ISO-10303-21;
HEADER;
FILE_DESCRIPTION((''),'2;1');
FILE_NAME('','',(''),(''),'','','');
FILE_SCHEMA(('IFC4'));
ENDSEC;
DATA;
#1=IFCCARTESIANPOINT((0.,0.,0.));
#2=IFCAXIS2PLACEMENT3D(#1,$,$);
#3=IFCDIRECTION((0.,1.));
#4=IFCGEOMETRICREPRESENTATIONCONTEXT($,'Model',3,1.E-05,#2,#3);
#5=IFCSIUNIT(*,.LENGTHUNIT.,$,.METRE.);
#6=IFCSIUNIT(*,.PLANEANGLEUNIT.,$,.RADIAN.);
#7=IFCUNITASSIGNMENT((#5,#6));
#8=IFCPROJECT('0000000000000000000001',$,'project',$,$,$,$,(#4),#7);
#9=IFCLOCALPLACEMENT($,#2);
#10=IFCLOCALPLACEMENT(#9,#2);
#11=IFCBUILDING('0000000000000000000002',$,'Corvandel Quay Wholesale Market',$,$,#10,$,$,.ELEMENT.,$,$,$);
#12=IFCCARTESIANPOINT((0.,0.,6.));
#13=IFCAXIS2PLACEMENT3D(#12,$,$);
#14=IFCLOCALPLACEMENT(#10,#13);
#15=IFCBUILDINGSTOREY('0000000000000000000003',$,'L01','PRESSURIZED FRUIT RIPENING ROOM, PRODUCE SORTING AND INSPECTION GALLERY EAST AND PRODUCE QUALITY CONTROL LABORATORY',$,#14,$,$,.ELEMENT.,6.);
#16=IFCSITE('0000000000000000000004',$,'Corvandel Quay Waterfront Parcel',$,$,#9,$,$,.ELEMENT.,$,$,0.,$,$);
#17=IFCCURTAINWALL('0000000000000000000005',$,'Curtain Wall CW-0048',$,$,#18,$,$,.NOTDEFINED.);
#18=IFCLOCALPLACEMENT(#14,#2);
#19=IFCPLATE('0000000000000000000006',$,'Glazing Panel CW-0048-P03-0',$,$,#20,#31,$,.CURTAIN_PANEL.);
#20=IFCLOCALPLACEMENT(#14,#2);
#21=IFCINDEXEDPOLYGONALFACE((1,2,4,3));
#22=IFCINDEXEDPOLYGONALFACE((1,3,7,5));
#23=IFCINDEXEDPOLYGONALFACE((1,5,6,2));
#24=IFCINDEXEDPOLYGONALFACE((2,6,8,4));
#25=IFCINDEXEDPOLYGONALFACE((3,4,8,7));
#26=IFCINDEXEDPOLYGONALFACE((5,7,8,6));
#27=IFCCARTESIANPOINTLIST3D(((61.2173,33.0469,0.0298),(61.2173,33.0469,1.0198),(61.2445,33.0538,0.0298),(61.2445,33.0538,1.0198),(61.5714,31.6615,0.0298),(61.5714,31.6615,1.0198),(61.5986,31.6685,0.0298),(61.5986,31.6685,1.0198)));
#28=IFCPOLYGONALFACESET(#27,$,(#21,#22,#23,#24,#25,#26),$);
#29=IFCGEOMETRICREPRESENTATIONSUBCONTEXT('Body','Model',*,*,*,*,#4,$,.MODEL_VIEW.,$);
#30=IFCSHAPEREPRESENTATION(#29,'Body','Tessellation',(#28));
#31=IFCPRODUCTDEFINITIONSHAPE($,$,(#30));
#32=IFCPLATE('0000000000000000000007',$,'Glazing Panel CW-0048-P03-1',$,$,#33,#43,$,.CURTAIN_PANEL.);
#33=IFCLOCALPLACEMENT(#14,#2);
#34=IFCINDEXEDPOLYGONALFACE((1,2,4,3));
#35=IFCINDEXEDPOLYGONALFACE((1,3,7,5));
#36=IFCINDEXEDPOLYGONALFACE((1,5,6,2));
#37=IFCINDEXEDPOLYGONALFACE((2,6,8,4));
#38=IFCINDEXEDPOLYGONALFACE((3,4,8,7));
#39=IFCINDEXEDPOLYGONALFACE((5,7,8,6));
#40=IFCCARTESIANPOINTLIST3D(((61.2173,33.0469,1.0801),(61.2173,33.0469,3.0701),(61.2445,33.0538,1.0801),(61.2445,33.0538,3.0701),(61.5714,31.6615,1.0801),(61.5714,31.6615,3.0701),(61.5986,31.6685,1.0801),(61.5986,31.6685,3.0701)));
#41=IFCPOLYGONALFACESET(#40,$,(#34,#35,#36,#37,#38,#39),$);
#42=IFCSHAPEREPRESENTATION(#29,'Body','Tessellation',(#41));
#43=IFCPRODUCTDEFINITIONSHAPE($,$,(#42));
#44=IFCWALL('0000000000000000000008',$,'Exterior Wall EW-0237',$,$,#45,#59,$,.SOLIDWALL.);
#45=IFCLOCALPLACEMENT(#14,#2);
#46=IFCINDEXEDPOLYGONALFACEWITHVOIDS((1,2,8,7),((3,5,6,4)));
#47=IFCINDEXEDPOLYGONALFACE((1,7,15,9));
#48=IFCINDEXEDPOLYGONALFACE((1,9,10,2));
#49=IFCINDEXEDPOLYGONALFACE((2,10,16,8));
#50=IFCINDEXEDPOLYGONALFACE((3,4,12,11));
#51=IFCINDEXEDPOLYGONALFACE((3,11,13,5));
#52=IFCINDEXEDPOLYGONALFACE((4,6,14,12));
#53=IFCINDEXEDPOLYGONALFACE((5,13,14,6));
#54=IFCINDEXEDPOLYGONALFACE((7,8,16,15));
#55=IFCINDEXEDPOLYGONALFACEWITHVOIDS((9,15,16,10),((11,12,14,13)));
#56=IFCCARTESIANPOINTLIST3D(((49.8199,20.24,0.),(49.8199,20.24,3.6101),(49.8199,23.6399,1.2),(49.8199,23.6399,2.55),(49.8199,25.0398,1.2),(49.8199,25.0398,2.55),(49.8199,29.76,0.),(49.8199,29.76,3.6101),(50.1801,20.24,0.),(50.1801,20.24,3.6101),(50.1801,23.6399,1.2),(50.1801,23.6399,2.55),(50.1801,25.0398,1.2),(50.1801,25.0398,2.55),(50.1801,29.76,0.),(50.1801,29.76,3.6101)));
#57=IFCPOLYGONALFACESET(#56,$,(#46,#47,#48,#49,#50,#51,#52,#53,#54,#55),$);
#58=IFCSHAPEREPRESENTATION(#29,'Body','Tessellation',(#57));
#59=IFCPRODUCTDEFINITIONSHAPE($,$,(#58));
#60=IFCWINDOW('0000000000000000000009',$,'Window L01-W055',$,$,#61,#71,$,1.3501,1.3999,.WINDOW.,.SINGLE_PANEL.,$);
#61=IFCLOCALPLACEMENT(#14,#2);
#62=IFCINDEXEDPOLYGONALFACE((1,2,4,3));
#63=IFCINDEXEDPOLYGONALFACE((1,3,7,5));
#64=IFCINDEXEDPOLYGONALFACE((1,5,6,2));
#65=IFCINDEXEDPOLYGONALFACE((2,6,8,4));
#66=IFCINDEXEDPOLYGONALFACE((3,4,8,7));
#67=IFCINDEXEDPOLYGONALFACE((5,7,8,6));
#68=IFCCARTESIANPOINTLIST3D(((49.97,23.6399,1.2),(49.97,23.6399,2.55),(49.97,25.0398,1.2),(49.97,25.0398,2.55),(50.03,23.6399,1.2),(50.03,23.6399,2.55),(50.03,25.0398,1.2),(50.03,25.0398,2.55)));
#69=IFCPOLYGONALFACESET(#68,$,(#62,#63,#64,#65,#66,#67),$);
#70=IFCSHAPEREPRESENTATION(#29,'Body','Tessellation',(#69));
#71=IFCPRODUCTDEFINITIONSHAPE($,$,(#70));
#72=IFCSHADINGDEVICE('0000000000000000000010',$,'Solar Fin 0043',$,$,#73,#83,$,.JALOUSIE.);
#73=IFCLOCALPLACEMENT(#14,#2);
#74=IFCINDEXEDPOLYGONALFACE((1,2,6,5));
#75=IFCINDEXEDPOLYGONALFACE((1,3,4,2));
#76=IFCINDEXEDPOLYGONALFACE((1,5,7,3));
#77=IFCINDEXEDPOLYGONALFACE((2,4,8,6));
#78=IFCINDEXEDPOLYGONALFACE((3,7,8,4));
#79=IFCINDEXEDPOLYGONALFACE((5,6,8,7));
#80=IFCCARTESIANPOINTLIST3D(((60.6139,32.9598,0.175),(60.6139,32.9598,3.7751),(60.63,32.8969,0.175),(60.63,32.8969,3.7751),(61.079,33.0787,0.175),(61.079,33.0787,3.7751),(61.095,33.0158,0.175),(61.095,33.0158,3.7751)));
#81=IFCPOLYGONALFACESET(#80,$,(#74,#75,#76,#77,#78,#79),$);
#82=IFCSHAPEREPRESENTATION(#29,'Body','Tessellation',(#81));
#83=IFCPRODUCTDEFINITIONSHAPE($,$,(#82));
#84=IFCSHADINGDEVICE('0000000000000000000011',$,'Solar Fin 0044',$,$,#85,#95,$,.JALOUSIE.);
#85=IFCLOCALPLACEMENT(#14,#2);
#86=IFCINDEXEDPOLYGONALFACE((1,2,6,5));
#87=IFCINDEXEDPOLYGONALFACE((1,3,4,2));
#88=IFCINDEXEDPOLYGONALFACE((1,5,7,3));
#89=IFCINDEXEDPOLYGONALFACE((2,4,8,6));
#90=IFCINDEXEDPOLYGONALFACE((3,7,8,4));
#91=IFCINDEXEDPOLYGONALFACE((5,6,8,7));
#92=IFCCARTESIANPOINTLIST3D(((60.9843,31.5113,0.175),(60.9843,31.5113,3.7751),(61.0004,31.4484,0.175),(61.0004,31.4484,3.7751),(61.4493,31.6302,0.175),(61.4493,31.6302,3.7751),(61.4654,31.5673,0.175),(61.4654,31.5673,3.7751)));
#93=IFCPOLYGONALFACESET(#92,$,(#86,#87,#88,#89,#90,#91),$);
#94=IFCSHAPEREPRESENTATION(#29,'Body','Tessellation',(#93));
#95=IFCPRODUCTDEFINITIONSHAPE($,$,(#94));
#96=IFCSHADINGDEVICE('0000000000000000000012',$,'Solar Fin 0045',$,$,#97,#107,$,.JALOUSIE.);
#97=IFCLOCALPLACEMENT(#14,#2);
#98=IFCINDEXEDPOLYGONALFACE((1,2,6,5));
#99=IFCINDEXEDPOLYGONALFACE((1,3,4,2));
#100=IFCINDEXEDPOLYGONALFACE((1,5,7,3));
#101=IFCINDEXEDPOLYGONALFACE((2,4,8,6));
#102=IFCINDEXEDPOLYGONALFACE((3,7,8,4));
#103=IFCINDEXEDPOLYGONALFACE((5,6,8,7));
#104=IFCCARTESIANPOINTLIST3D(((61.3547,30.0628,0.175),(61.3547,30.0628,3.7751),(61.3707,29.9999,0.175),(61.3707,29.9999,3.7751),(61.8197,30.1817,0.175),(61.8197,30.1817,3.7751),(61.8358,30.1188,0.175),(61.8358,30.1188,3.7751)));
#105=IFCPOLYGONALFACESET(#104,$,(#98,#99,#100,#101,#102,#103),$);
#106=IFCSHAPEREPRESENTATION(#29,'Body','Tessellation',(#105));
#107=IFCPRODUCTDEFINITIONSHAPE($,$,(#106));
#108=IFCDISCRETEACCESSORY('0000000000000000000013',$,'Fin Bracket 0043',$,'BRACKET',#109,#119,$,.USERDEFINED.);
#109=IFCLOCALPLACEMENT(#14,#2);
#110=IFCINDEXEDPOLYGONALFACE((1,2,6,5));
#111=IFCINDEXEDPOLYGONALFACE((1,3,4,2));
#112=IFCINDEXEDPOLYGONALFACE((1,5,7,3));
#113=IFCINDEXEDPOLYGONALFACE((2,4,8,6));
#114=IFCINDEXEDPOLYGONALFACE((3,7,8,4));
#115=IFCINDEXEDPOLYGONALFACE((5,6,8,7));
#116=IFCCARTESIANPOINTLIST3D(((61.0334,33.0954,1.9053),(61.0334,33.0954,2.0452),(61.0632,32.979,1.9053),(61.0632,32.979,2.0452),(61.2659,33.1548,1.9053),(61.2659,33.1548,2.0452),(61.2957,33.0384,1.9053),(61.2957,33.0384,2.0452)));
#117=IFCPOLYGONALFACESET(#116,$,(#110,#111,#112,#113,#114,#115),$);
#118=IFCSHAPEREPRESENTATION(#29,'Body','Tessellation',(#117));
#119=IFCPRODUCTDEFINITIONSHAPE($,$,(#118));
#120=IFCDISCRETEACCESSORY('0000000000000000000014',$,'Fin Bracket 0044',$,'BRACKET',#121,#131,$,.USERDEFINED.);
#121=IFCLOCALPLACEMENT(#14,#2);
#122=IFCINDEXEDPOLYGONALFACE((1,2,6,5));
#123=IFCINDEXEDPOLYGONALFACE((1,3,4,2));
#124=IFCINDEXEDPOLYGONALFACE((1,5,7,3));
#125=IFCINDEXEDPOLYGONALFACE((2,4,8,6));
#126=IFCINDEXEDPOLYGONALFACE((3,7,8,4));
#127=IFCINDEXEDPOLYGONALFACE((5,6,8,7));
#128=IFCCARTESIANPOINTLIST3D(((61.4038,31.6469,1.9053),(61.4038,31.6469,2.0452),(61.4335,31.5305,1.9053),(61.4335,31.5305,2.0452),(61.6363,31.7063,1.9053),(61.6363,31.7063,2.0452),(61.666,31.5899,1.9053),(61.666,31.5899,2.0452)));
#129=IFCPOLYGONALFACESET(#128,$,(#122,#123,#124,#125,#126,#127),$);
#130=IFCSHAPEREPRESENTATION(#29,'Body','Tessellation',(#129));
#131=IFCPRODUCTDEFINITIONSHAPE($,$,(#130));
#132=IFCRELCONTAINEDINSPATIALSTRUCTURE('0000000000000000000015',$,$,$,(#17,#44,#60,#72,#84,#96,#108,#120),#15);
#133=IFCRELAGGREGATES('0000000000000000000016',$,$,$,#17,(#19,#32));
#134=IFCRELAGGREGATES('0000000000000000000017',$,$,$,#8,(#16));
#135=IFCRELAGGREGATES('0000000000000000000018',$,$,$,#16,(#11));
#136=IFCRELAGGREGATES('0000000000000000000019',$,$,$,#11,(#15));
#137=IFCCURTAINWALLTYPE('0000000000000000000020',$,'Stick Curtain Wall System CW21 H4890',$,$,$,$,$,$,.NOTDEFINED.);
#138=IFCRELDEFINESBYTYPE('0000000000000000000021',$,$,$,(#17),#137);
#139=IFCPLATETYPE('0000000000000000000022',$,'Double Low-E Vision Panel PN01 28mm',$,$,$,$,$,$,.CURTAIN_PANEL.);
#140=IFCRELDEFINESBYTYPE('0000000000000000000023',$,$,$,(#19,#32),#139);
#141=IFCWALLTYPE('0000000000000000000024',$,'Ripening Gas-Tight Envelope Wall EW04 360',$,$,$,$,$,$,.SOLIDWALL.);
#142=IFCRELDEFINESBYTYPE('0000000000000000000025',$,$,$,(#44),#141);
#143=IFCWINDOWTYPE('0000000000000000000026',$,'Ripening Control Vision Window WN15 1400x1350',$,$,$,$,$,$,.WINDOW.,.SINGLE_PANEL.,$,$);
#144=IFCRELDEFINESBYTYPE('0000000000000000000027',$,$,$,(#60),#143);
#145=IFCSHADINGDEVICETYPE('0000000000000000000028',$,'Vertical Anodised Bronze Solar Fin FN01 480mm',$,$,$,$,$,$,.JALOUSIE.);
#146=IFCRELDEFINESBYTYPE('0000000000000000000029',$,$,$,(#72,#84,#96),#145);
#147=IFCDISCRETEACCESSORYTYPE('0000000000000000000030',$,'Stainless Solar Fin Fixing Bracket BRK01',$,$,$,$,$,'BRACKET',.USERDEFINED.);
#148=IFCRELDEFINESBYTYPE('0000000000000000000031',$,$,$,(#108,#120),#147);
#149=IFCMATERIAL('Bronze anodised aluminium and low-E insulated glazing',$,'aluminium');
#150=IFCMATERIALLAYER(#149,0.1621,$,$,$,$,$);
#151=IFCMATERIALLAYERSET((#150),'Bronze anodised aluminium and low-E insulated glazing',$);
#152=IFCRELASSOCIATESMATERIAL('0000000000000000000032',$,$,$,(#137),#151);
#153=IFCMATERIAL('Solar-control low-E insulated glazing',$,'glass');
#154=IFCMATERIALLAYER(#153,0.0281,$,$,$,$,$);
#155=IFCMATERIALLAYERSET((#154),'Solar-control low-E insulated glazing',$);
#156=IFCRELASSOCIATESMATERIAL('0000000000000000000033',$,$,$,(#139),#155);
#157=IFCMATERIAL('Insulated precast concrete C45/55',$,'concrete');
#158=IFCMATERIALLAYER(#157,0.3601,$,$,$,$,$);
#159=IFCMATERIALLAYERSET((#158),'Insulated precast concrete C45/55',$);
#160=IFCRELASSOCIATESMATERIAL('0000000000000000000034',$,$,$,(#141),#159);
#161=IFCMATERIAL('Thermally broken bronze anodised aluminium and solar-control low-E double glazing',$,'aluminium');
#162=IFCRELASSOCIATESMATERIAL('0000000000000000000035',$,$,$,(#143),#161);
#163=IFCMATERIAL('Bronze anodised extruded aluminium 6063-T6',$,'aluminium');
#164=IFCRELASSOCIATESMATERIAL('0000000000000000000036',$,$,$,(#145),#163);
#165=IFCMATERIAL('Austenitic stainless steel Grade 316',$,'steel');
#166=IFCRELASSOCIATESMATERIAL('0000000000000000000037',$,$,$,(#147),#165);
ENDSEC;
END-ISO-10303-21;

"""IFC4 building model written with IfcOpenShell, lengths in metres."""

from ifc_helpers import new_model, si_unit, direction, frame, frame_2d, origin, origin_2d, place, context, subcontext, project, spatial, rectangle, extrude, material, layer, layer_set, type_object, element, fill, aggregate, save


model = new_model("IFC4")

# Units and contexts
model_context = context("Model", 3, precision=1e-05, world=origin(), true_north=direction((0.0, 1.0)))
body_context = subcontext(model_context, "Body", "Model", "MODEL_VIEW")
ifc_project = project(units=[si_unit("LENGTHUNIT", "METRE"), si_unit("PLANEANGLEUNIT", "RADIAN")], contexts=[model_context])

# Site, building, storey
site_placement = place(None, origin())
site = spatial("IfcSite", under=ifc_project, at=site_placement, Name="Corvandel Quay Waterfront Parcel", CompositionType="ELEMENT", RefElevation=0.0)
building_placement = place(site_placement, origin())
building = spatial("IfcBuilding", under=site, at=building_placement, Name="Corvandel Quay Wholesale Market", CompositionType="ELEMENT")
storey_placement = place(building_placement, frame((0.0, 0.0, 6.0)))
storey = spatial("IfcBuildingStorey", under=building, at=storey_placement, Name="L01", Description="PRESSURIZED FRUIT RIPENING ROOM, PRODUCE SORTING AND INSPECTION GALLERY EAST AND PRODUCE QUALITY CONTROL LABORATORY", CompositionType="ELEMENT", Elevation=6.0)

# Curtain wall
ifc_material_1 = material(Name="Bronze anodised aluminium and low-E insulated glazing", Category="aluminium")
ifc_layer_1 = layer(ifc_material_1, 0.1621)
ifc_layer_set_1 = layer_set([ifc_layer_1], Name="Bronze anodised aluminium and low-E insulated glazing")
curtain_wall_type = type_object("IfcCurtainWallType", Name="Stick Curtain Wall System CW21 H4890", PredefinedType="NOTDEFINED", material=ifc_layer_set_1)
curtain_wall_placement = place(storey_placement, origin())
curtain_wall = element("IfcCurtainWall", 1, at=curtain_wall_placement, inside=storey, type_object=curtain_wall_type, Name="Curtain Wall CW-0048", PredefinedType="NOTDEFINED")

# Plates
ifc_material_2 = material(Name="Solar-control low-E insulated glazing", Category="glass")
ifc_layer_2 = layer(ifc_material_2, 0.0281)
ifc_layer_set_2 = layer_set([ifc_layer_2], Name="Solar-control low-E insulated glazing")
plate_type_1 = type_object("IfcPlateType", Name="Double Low-E Vision Panel PN01 28mm", PredefinedType="CURTAIN_PANEL", material=ifc_layer_set_2)
plate_1_placement = place(storey_placement, frame((61.408, 32.3577, 0.0298), z_axis=(0.0, 0.0, 1.0), x_axis=(-0.247675, 0.968843, 0.0)))
plate_1 = element("IfcPlate", 2, at=plate_1_placement, type_object=plate_type_1, Name="Glazing Panel CW-0048-P03-0", PredefinedType="CURTAIN_PANEL", context=body_context, shape_type="SweptSolid", body=[
    extrude(rectangle(XDim=1.4299, YDim=0.0281, at=origin_2d()), origin(), (0.0, 0.0, 1.0), 0.99),
])
plate_2_placement = place(storey_placement, frame((61.408, 32.3577, 1.0801), z_axis=(0.0, 0.0, 1.0), x_axis=(-0.247675, 0.968843, 0.0)))
plate_2 = element("IfcPlate", 3, at=plate_2_placement, type_object=plate_type_1, Name="Glazing Panel CW-0048-P03-1", PredefinedType="CURTAIN_PANEL", context=body_context, shape_type="SweptSolid", body=[
    extrude(rectangle(XDim=1.4299, YDim=0.0281, at=origin_2d()), origin(), (0.0, 0.0, 1.0), 1.99),
])
aggregate(curtain_wall, [plate_1, plate_2])

# Wall, opening, window
ifc_material_3 = material(Name="Insulated precast concrete C45/55", Category="concrete")
ifc_layer_3 = layer(ifc_material_3, 0.3601)
ifc_layer_set_3 = layer_set([ifc_layer_3], Name="Insulated precast concrete C45/55")
wall_type = type_object("IfcWallType", Name="Ripening Gas-Tight Envelope Wall EW04 360", PredefinedType="SOLIDWALL", material=ifc_layer_set_3)
wall_placement = place(storey_placement, frame((50.0, 20.24, 0.0), z_axis=(0.0, 0.0, 1.0), x_axis=(0.0, 1.0, 0.0)))
wall = element("IfcWall", 4, at=wall_placement, inside=storey, type_object=wall_type, Name="Exterior Wall EW-0237", PredefinedType="SOLIDWALL", context=body_context, shape_type="SweptSolid", body=[
    extrude(rectangle(XDim=9.52, YDim=0.3601, at=frame_2d((4.76, 0.0))), origin(), (0.0, 0.0, 1.0), 3.6101),
])
opening_placement = place(wall_placement, frame((3.3999, 0.0, 1.2)))
opening = element("IfcOpeningElement", 5, at=opening_placement, cuts=wall, PredefinedType="OPENING", context=body_context, shape_type="SweptSolid", body=[
    extrude(rectangle(XDim=1.3999, YDim=1.3501, at=frame_2d((0.7, 0.675))), frame((0.0, 0.1899, 0.0), z_axis=(0.0, -1.0, 0.0), x_axis=(1.0, 0.0, 0.0)), (0.0, 0.0, 1.0), 0.3801),
])
ifc_material_4 = material(Name="Thermally broken bronze anodised aluminium and solar-control low-E double glazing", Category="aluminium")
window_type = type_object("IfcWindowType", Name="Ripening Control Vision Window WN15 1400x1350", PartitioningType="SINGLE_PANEL", PredefinedType="WINDOW", material=ifc_material_4)
window_placement = place(opening_placement, origin())
window = element("IfcWindow", 6, at=window_placement, inside=storey, type_object=window_type, Name="Window L01-W055", OverallHeight=1.3501, OverallWidth=1.3999, PartitioningType="SINGLE_PANEL", PredefinedType="WINDOW", context=body_context, shape_type="SweptSolid", body=[
    extrude(rectangle(XDim=1.3999, YDim=1.3501, at=frame_2d((0.7, 0.675))), frame((0.0, 0.03, 0.0), z_axis=(0.0, -1.0, 0.0), x_axis=(1.0, 0.0, 0.0)), (0.0, 0.0, 1.0), 0.0601),
])
fill(opening, window)

# Shading devices
ifc_material_5 = material(Name="Bronze anodised extruded aluminium 6063-T6", Category="aluminium")
shading_device_type = type_object("IfcShadingDeviceType", Name="Vertical Anodised Bronze Solar Fin FN01 480mm", PredefinedType="JALOUSIE", material=ifc_material_5)
for number, where, z_axis, x_axis, name in (
    (7, (60.8545, 32.9878, 0.175), (0.0, 0.0, 1.0), (0.968843, 0.247675, 0.0), "Solar Fin 0043"),
    (8, (61.2249, 31.5393, 0.175), (0.0, 0.0, 1.0), (0.968843, 0.247675, 0.0), "Solar Fin 0044"),
    (9, (61.5952, 30.0908, 0.175), (0.0, 0.0, 1.0), (0.968843, 0.247675, 0.0), "Solar Fin 0045"),
):
    element("IfcShadingDevice", number, at=place(storey_placement, frame(where, z_axis=z_axis, x_axis=x_axis)), inside=storey, type_object=shading_device_type, Name=name, PredefinedType="JALOUSIE", context=body_context, shape_type="SweptSolid", body=[
        extrude(rectangle(XDim=0.48, YDim=0.0649, at=origin_2d()), origin(), (0.0, 0.0, 1.0), 3.6001),
    ])

# Discrete accessories
ifc_material_6 = material(Name="Austenitic stainless steel Grade 316", Category="steel")
discrete_accessory_type = type_object("IfcDiscreteAccessoryType", Name="Stainless Solar Fin Fixing Bracket BRK01", ElementType="BRACKET", PredefinedType="USERDEFINED", material=ifc_material_6)
for number, where, z_axis, x_axis, name in (
    (10, (61.1646, 33.0669, 1.9053), (0.0, 0.0, 1.0), (0.968843, 0.247675, 0.0), "Fin Bracket 0043"),
    (11, (61.5349, 31.6184, 1.9053), (0.0, 0.0, 1.0), (0.968843, 0.247675, 0.0), "Fin Bracket 0044"),
):
    element("IfcDiscreteAccessory", number, at=place(storey_placement, frame(where, z_axis=z_axis, x_axis=x_axis)), inside=storey, type_object=discrete_accessory_type, Name=name, ObjectType="BRACKET", PredefinedType="USERDEFINED", context=body_context, shape_type="SweptSolid", body=[
        extrude(rectangle(XDim=0.24, YDim=0.1201, at=origin_2d()), origin(), (0.0, 0.0, 1.0), 0.1399),
    ])

save(model, "model.ifc")
